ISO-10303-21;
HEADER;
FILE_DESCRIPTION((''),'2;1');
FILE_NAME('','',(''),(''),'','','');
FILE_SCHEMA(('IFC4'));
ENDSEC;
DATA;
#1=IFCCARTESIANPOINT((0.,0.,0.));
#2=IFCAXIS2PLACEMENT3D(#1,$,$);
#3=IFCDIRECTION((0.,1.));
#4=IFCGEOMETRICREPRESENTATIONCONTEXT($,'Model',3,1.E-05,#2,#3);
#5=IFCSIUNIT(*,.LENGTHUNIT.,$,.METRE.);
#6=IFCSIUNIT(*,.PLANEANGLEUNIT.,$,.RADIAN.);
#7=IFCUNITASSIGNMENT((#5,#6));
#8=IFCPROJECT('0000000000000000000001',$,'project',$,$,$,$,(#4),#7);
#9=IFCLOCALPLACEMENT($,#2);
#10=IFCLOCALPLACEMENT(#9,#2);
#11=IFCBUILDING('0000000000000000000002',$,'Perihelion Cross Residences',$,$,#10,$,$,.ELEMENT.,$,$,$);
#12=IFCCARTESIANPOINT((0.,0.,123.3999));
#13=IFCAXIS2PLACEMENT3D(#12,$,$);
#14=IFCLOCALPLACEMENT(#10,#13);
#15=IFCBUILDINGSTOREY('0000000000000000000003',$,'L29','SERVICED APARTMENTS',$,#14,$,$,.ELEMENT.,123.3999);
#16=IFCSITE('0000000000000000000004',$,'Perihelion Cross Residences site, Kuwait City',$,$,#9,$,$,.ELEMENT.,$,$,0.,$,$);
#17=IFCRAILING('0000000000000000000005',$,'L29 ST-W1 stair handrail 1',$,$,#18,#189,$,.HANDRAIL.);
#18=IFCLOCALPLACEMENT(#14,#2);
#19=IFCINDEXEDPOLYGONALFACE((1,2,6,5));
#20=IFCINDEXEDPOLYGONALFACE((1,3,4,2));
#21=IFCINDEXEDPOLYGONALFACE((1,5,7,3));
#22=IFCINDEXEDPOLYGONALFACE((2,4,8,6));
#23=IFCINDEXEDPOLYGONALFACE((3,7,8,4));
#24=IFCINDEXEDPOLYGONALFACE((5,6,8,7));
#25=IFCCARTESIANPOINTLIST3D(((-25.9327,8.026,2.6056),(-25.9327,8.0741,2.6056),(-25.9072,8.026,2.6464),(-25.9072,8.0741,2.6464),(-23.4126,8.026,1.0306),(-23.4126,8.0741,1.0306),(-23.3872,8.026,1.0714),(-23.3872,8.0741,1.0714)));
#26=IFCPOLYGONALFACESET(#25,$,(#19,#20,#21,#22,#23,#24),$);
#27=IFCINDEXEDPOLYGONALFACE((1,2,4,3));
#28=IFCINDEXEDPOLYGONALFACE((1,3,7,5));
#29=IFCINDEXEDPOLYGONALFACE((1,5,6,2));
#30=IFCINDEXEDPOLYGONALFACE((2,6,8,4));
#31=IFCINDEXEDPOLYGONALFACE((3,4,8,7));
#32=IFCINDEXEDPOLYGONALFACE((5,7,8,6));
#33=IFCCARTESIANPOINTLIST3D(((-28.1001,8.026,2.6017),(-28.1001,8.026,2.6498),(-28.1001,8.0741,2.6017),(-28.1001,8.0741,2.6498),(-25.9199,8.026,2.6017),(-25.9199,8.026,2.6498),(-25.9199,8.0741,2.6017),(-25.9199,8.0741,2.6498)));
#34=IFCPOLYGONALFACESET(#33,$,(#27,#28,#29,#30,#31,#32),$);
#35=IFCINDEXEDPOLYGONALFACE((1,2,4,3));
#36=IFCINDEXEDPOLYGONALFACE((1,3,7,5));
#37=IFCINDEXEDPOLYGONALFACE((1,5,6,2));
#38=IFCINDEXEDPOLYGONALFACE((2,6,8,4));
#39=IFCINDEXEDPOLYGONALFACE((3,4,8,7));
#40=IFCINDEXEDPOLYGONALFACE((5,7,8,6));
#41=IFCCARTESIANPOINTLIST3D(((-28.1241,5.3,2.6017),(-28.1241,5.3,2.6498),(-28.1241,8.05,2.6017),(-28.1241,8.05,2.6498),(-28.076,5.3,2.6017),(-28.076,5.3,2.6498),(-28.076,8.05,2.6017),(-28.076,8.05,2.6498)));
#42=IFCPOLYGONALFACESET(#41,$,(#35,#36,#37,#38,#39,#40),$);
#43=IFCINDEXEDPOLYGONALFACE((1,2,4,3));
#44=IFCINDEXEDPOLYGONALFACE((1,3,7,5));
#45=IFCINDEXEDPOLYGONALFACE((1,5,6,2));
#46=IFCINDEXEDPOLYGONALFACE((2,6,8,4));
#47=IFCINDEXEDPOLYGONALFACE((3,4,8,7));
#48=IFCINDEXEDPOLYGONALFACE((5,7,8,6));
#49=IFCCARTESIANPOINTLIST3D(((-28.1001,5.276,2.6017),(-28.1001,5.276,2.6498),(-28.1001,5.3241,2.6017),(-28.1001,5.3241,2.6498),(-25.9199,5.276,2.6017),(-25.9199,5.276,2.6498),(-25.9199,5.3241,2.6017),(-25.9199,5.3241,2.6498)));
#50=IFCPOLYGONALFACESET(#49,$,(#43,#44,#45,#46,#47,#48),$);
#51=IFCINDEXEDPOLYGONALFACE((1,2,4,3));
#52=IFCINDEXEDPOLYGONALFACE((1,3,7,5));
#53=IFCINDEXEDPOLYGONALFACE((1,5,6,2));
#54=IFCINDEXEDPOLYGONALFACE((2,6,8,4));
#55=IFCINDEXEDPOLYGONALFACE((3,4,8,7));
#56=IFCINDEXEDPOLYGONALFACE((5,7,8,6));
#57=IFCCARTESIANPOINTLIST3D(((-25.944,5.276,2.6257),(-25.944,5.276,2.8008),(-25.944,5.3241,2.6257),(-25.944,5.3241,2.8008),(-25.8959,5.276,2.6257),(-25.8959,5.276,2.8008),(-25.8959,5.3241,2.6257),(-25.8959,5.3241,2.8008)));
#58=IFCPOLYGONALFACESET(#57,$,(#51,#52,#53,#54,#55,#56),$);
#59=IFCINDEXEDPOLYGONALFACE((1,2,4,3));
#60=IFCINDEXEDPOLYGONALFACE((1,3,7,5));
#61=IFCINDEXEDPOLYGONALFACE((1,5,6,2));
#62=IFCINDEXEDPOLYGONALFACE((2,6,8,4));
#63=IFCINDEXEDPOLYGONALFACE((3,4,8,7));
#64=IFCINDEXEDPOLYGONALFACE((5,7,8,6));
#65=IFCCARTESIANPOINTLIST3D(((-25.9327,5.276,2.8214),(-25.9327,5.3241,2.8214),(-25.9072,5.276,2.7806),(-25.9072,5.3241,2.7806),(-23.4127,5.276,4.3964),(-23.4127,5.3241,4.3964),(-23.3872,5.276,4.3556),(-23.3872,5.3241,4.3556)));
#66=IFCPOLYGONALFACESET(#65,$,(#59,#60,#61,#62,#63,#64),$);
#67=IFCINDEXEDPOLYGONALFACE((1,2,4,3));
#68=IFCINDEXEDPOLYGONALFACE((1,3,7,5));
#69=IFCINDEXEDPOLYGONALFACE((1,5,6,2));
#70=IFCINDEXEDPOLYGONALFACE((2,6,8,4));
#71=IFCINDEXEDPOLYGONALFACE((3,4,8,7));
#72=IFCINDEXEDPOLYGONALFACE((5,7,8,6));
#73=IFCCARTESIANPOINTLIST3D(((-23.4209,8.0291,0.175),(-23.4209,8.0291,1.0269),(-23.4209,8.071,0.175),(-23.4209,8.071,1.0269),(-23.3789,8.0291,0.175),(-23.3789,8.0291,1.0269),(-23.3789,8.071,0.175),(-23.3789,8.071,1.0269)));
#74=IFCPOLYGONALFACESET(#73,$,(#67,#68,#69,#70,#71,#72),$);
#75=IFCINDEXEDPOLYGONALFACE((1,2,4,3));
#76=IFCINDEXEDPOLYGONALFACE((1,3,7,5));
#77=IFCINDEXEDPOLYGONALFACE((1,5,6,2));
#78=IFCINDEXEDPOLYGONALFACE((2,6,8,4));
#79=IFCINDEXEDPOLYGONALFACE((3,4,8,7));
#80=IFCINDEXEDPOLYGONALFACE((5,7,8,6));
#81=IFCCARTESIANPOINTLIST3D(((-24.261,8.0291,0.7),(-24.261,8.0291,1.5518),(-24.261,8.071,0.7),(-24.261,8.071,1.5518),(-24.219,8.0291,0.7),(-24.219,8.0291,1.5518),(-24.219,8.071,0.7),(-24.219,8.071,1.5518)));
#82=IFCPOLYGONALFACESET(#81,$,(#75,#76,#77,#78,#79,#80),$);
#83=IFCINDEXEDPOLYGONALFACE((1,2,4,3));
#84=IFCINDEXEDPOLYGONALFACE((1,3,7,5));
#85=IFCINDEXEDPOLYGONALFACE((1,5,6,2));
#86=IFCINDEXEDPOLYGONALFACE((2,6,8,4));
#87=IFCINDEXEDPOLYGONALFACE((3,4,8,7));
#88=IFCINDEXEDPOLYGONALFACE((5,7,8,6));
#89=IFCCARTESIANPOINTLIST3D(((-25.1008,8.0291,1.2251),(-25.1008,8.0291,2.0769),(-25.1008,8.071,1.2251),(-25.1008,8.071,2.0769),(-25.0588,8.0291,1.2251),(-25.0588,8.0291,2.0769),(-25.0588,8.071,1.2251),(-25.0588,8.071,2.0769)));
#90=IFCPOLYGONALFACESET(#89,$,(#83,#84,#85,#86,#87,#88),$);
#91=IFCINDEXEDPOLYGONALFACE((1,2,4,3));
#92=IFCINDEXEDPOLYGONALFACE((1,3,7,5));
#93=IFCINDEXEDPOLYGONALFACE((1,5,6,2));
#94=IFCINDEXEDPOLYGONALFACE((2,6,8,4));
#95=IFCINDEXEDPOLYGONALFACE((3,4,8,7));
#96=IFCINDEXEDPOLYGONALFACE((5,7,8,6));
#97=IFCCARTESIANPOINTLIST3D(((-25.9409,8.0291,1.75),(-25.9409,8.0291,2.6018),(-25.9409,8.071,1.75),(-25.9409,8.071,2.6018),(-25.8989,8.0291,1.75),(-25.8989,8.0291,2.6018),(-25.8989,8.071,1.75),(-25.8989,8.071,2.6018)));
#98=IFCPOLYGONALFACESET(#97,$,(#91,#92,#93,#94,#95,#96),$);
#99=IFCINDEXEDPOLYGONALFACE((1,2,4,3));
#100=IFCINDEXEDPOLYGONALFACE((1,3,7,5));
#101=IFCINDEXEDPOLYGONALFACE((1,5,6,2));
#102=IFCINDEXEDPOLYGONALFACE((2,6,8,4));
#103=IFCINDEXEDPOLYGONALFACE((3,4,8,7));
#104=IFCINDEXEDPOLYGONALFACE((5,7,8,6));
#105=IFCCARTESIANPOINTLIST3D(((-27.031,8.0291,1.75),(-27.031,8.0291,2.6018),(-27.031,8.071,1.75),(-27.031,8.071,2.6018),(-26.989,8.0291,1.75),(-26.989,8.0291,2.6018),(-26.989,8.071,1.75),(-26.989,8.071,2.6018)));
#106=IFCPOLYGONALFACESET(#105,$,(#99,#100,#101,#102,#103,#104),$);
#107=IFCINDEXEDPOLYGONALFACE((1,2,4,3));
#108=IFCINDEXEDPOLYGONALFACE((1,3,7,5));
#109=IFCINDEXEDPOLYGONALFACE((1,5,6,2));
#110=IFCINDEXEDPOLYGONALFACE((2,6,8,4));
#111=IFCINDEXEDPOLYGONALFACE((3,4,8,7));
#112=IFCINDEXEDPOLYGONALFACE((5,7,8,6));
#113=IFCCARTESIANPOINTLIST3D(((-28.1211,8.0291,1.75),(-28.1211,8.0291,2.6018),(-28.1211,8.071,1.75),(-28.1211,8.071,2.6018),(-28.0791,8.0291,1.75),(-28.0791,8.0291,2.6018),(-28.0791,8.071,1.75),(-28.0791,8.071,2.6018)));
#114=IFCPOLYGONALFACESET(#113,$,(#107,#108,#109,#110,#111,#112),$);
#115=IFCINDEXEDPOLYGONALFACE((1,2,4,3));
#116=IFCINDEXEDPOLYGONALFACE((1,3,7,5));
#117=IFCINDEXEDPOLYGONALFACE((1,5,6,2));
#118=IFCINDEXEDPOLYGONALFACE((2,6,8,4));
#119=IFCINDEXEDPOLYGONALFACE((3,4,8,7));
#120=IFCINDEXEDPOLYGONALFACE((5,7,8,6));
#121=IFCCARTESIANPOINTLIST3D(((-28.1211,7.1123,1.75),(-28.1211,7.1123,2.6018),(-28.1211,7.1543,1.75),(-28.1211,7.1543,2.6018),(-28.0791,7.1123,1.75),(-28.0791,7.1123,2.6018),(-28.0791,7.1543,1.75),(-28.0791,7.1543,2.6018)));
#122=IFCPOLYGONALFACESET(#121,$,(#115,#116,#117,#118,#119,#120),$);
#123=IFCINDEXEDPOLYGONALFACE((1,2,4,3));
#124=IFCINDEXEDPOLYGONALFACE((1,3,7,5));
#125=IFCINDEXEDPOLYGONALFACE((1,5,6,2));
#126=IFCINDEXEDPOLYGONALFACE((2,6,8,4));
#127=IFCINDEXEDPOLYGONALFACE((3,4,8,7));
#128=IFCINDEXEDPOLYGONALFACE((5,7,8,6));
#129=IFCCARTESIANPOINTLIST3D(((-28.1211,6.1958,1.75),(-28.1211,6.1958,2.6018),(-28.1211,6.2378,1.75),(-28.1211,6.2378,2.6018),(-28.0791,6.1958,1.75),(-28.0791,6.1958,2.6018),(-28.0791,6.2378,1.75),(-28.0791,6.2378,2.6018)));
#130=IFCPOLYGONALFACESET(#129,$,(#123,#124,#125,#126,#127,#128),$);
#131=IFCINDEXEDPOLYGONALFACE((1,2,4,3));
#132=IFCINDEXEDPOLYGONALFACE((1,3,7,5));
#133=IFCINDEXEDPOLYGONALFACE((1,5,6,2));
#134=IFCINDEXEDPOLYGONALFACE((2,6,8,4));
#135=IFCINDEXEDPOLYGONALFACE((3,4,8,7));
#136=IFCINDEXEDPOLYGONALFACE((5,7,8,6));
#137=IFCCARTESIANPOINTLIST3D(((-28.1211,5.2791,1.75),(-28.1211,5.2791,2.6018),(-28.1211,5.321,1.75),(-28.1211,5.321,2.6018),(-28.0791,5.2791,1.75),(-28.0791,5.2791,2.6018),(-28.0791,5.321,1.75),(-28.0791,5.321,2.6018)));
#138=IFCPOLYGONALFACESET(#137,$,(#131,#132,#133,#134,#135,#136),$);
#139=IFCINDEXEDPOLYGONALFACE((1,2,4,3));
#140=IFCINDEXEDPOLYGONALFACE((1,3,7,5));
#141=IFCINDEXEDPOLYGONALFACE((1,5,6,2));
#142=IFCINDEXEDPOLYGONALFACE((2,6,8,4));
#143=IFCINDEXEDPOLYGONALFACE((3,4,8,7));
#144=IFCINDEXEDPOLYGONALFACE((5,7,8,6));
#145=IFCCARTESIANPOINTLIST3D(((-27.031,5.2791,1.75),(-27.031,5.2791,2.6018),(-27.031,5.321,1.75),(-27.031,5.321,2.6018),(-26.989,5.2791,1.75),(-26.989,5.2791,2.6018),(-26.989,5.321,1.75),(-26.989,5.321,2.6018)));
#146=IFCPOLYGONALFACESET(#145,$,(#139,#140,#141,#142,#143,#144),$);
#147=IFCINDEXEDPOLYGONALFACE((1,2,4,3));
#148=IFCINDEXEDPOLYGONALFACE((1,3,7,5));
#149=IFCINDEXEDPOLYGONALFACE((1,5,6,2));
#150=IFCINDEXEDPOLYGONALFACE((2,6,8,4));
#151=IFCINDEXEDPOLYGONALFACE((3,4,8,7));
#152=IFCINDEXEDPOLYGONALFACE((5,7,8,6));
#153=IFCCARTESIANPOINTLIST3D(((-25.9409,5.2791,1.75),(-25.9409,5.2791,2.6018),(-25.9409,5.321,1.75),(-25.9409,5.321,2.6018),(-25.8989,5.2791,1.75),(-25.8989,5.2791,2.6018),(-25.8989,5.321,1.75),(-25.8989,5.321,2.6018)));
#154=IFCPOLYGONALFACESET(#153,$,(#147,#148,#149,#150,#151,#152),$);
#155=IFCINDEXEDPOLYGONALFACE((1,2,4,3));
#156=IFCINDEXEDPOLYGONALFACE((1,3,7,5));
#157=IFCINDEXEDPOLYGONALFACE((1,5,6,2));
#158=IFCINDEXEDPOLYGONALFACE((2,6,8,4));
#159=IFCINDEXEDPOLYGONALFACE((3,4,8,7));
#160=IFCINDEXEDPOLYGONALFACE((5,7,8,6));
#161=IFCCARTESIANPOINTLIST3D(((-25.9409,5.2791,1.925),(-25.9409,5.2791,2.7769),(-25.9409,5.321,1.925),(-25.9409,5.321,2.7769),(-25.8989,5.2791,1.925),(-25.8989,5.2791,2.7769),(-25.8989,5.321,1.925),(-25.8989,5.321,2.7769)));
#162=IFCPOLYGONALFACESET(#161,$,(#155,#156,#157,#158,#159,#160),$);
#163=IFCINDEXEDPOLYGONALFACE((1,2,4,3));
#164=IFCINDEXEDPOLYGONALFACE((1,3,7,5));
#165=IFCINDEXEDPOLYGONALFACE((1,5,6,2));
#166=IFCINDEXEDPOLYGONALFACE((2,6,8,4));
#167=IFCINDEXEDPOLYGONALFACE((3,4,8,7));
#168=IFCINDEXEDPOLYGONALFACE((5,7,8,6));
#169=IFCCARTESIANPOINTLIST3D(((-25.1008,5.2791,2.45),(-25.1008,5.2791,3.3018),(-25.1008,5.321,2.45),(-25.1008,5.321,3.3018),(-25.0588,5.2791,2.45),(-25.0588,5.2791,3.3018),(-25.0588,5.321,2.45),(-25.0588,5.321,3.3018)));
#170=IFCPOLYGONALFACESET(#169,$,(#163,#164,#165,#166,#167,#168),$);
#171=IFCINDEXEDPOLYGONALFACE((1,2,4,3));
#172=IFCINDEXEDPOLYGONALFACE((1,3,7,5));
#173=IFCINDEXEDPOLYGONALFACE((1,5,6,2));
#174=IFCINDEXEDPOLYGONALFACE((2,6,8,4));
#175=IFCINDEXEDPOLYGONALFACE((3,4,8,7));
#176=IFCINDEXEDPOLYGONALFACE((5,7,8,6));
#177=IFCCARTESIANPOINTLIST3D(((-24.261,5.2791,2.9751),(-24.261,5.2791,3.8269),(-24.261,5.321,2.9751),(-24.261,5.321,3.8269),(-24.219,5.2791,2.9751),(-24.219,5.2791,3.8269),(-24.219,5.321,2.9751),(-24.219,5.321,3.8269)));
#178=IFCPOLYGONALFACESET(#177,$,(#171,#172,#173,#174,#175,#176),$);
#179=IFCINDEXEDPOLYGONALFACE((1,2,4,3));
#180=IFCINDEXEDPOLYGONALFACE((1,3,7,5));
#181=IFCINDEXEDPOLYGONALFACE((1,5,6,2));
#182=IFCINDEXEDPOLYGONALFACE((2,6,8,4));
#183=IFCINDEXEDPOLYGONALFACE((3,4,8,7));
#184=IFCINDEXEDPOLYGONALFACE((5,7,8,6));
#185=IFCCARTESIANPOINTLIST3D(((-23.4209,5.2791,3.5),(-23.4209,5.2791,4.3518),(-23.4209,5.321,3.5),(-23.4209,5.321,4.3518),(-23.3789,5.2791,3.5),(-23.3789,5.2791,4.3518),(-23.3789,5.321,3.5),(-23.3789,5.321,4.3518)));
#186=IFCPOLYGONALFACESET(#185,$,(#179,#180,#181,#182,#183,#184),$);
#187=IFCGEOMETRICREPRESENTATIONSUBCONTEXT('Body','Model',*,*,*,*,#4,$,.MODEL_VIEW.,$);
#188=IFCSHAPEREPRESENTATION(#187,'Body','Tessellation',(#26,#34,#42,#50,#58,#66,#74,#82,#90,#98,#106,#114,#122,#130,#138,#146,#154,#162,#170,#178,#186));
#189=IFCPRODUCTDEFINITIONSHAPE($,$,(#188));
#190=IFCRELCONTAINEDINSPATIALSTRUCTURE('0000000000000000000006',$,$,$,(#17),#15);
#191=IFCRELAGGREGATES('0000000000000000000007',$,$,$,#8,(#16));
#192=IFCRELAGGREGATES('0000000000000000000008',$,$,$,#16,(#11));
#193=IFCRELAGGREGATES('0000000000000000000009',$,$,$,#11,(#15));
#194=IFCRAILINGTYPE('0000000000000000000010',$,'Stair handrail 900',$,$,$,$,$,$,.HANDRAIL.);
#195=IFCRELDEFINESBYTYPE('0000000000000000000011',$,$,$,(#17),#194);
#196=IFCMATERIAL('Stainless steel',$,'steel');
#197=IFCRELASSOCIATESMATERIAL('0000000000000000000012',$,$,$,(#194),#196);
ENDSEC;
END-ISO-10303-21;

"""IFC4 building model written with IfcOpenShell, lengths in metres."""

from ifc_helpers import new_model, si_unit, direction, frame, origin, origin_2d, place, context, subcontext, project, spatial, rectangle, extrude, material, type_object, element, save


model = new_model("IFC4")

# Units and contexts
model_context = context("Model", 3, precision=1e-05, world=origin(), true_north=direction((0.0, 1.0)))
body_context = subcontext(model_context, "Body", "Model", "MODEL_VIEW")
ifc_project = project(units=[si_unit("LENGTHUNIT", "METRE"), si_unit("PLANEANGLEUNIT", "RADIAN")], contexts=[model_context])

# Site, building, storey
site_placement = place(None, origin())
site = spatial("IfcSite", under=ifc_project, at=site_placement, Name="Perihelion Cross Residences site, Kuwait City", CompositionType="ELEMENT", RefElevation=0.0)
building_placement = place(site_placement, origin())
building = spatial("IfcBuilding", under=site, at=building_placement, Name="Perihelion Cross Residences", CompositionType="ELEMENT")
storey_placement = place(building_placement, frame((0.0, 0.0, 123.3999)))
storey = spatial("IfcBuildingStorey", under=building, at=storey_placement, Name="L29", Description="SERVICED APARTMENTS", CompositionType="ELEMENT", Elevation=123.3999)

# Railing
ifc_material_1 = material(Name="Stainless steel", Category="steel")
railing_type_1 = type_object("IfcRailingType", Name="Stair handrail 900", PredefinedType="HANDRAIL", material=ifc_material_1)
railing_1_placement = place(storey_placement, frame((-23.3999, 8.05, 0.175)))
element("IfcRailing", 1, at=railing_1_placement, inside=storey, type_object=railing_type_1, Name="L29 ST-W1 stair handrail 1", PredefinedType="HANDRAIL", context=body_context, shape_type="SweptSolid", body=[
    extrude(rectangle(XDim=0.0481, YDim=0.0481, at=origin_2d()), frame((0.0, 0.0, 0.876), z_axis=(-0.848008, 0.0, 0.529984), x_axis=(0.0, -1.0, 0.0)), (0.0, 0.0, 1.0), 2.9717),
    extrude(rectangle(XDim=0.0481, YDim=0.0481, at=origin_2d()), frame((-2.52, 0.0, 2.4507), z_axis=(-1.0, 0.0, 0.0), x_axis=(0.0, -1.0, 0.0)), (0.0, 0.0, 1.0), 2.1802),
    extrude(rectangle(XDim=0.0481, YDim=0.0481, at=origin_2d()), frame((-4.7002, 0.0, 2.4507), z_axis=(0.0, -1.0, 0.0), x_axis=(1.0, 0.0, 0.0)), (0.0, 0.0, 1.0), 2.75),
    extrude(rectangle(XDim=0.0481, YDim=0.0481, at=origin_2d()), frame((-4.7002, -2.75, 2.4507), z_axis=(1.0, 0.0, 0.0), x_axis=(0.0, 1.0, 0.0)), (0.0, 0.0, 1.0), 2.1802),
    extrude(rectangle(XDim=0.0481, YDim=0.0481, at=origin_2d()), frame((-2.52, -2.75, 2.4507), z_axis=(0.0, 0.0, 1.0), x_axis=(1.0, 0.0, 0.0)), (0.0, 0.0, 1.0), 0.175),
    extrude(rectangle(XDim=0.0481, YDim=0.0481, at=origin_2d()), frame((-2.52, -2.75, 2.626), z_axis=(0.848008, 0.0, 0.529984), x_axis=(0.0, 1.0, 0.0)), (0.0, 0.0, 1.0), 2.9717),
    extrude(rectangle(XDim=0.042, YDim=0.042, at=origin_2d()), origin(), (0.0, 0.0, 1.0), 0.8518),
    extrude(rectangle(XDim=0.042, YDim=0.042, at=origin_2d()), frame((-0.8401, 0.0, 0.5249)), (0.0, 0.0, 1.0), 0.8518),
    extrude(rectangle(XDim=0.042, YDim=0.042, at=origin_2d()), frame((-1.6799, 0.0, 1.05)), (0.0, 0.0, 1.0), 0.8518),
    extrude(rectangle(XDim=0.042, YDim=0.042, at=origin_2d()), frame((-2.52, 0.0, 1.575)), (0.0, 0.0, 1.0), 0.8518),
    extrude(rectangle(XDim=0.042, YDim=0.042, at=origin_2d()), frame((-3.6101, 0.0, 1.575)), (0.0, 0.0, 1.0), 0.8518),
    extrude(rectangle(XDim=0.042, YDim=0.042, at=origin_2d()), frame((-4.7002, 0.0, 1.575)), (0.0, 0.0, 1.0), 0.8518),
    extrude(rectangle(XDim=0.042, YDim=0.042, at=origin_2d()), frame((-4.7002, -0.9167, 1.575)), (0.0, 0.0, 1.0), 0.8518),
    extrude(rectangle(XDim=0.042, YDim=0.042, at=origin_2d()), frame((-4.7002, -1.8333, 1.575)), (0.0, 0.0, 1.0), 0.8518),
    extrude(rectangle(XDim=0.042, YDim=0.042, at=origin_2d()), frame((-4.7002, -2.75, 1.575)), (0.0, 0.0, 1.0), 0.8518),
    extrude(rectangle(XDim=0.042, YDim=0.042, at=origin_2d()), frame((-3.6101, -2.75, 1.575)), (0.0, 0.0, 1.0), 0.8518),
    extrude(rectangle(XDim=0.042, YDim=0.042, at=origin_2d()), frame((-2.52, -2.75, 1.575)), (0.0, 0.0, 1.0), 0.8518),
    extrude(rectangle(XDim=0.042, YDim=0.042, at=origin_2d()), frame((-2.52, -2.75, 1.75)), (0.0, 0.0, 1.0), 0.8518),
    extrude(rectangle(XDim=0.042, YDim=0.042, at=origin_2d()), frame((-1.6799, -2.75, 2.2749)), (0.0, 0.0, 1.0), 0.8518),
    extrude(rectangle(XDim=0.042, YDim=0.042, at=origin_2d()), frame((-0.8401, -2.75, 2.8)), (0.0, 0.0, 1.0), 0.8518),
    extrude(rectangle(XDim=0.042, YDim=0.042, at=origin_2d()), frame((0.0, -2.75, 3.325)), (0.0, 0.0, 1.0), 0.8518),
])

save(model, "model.ifc")
